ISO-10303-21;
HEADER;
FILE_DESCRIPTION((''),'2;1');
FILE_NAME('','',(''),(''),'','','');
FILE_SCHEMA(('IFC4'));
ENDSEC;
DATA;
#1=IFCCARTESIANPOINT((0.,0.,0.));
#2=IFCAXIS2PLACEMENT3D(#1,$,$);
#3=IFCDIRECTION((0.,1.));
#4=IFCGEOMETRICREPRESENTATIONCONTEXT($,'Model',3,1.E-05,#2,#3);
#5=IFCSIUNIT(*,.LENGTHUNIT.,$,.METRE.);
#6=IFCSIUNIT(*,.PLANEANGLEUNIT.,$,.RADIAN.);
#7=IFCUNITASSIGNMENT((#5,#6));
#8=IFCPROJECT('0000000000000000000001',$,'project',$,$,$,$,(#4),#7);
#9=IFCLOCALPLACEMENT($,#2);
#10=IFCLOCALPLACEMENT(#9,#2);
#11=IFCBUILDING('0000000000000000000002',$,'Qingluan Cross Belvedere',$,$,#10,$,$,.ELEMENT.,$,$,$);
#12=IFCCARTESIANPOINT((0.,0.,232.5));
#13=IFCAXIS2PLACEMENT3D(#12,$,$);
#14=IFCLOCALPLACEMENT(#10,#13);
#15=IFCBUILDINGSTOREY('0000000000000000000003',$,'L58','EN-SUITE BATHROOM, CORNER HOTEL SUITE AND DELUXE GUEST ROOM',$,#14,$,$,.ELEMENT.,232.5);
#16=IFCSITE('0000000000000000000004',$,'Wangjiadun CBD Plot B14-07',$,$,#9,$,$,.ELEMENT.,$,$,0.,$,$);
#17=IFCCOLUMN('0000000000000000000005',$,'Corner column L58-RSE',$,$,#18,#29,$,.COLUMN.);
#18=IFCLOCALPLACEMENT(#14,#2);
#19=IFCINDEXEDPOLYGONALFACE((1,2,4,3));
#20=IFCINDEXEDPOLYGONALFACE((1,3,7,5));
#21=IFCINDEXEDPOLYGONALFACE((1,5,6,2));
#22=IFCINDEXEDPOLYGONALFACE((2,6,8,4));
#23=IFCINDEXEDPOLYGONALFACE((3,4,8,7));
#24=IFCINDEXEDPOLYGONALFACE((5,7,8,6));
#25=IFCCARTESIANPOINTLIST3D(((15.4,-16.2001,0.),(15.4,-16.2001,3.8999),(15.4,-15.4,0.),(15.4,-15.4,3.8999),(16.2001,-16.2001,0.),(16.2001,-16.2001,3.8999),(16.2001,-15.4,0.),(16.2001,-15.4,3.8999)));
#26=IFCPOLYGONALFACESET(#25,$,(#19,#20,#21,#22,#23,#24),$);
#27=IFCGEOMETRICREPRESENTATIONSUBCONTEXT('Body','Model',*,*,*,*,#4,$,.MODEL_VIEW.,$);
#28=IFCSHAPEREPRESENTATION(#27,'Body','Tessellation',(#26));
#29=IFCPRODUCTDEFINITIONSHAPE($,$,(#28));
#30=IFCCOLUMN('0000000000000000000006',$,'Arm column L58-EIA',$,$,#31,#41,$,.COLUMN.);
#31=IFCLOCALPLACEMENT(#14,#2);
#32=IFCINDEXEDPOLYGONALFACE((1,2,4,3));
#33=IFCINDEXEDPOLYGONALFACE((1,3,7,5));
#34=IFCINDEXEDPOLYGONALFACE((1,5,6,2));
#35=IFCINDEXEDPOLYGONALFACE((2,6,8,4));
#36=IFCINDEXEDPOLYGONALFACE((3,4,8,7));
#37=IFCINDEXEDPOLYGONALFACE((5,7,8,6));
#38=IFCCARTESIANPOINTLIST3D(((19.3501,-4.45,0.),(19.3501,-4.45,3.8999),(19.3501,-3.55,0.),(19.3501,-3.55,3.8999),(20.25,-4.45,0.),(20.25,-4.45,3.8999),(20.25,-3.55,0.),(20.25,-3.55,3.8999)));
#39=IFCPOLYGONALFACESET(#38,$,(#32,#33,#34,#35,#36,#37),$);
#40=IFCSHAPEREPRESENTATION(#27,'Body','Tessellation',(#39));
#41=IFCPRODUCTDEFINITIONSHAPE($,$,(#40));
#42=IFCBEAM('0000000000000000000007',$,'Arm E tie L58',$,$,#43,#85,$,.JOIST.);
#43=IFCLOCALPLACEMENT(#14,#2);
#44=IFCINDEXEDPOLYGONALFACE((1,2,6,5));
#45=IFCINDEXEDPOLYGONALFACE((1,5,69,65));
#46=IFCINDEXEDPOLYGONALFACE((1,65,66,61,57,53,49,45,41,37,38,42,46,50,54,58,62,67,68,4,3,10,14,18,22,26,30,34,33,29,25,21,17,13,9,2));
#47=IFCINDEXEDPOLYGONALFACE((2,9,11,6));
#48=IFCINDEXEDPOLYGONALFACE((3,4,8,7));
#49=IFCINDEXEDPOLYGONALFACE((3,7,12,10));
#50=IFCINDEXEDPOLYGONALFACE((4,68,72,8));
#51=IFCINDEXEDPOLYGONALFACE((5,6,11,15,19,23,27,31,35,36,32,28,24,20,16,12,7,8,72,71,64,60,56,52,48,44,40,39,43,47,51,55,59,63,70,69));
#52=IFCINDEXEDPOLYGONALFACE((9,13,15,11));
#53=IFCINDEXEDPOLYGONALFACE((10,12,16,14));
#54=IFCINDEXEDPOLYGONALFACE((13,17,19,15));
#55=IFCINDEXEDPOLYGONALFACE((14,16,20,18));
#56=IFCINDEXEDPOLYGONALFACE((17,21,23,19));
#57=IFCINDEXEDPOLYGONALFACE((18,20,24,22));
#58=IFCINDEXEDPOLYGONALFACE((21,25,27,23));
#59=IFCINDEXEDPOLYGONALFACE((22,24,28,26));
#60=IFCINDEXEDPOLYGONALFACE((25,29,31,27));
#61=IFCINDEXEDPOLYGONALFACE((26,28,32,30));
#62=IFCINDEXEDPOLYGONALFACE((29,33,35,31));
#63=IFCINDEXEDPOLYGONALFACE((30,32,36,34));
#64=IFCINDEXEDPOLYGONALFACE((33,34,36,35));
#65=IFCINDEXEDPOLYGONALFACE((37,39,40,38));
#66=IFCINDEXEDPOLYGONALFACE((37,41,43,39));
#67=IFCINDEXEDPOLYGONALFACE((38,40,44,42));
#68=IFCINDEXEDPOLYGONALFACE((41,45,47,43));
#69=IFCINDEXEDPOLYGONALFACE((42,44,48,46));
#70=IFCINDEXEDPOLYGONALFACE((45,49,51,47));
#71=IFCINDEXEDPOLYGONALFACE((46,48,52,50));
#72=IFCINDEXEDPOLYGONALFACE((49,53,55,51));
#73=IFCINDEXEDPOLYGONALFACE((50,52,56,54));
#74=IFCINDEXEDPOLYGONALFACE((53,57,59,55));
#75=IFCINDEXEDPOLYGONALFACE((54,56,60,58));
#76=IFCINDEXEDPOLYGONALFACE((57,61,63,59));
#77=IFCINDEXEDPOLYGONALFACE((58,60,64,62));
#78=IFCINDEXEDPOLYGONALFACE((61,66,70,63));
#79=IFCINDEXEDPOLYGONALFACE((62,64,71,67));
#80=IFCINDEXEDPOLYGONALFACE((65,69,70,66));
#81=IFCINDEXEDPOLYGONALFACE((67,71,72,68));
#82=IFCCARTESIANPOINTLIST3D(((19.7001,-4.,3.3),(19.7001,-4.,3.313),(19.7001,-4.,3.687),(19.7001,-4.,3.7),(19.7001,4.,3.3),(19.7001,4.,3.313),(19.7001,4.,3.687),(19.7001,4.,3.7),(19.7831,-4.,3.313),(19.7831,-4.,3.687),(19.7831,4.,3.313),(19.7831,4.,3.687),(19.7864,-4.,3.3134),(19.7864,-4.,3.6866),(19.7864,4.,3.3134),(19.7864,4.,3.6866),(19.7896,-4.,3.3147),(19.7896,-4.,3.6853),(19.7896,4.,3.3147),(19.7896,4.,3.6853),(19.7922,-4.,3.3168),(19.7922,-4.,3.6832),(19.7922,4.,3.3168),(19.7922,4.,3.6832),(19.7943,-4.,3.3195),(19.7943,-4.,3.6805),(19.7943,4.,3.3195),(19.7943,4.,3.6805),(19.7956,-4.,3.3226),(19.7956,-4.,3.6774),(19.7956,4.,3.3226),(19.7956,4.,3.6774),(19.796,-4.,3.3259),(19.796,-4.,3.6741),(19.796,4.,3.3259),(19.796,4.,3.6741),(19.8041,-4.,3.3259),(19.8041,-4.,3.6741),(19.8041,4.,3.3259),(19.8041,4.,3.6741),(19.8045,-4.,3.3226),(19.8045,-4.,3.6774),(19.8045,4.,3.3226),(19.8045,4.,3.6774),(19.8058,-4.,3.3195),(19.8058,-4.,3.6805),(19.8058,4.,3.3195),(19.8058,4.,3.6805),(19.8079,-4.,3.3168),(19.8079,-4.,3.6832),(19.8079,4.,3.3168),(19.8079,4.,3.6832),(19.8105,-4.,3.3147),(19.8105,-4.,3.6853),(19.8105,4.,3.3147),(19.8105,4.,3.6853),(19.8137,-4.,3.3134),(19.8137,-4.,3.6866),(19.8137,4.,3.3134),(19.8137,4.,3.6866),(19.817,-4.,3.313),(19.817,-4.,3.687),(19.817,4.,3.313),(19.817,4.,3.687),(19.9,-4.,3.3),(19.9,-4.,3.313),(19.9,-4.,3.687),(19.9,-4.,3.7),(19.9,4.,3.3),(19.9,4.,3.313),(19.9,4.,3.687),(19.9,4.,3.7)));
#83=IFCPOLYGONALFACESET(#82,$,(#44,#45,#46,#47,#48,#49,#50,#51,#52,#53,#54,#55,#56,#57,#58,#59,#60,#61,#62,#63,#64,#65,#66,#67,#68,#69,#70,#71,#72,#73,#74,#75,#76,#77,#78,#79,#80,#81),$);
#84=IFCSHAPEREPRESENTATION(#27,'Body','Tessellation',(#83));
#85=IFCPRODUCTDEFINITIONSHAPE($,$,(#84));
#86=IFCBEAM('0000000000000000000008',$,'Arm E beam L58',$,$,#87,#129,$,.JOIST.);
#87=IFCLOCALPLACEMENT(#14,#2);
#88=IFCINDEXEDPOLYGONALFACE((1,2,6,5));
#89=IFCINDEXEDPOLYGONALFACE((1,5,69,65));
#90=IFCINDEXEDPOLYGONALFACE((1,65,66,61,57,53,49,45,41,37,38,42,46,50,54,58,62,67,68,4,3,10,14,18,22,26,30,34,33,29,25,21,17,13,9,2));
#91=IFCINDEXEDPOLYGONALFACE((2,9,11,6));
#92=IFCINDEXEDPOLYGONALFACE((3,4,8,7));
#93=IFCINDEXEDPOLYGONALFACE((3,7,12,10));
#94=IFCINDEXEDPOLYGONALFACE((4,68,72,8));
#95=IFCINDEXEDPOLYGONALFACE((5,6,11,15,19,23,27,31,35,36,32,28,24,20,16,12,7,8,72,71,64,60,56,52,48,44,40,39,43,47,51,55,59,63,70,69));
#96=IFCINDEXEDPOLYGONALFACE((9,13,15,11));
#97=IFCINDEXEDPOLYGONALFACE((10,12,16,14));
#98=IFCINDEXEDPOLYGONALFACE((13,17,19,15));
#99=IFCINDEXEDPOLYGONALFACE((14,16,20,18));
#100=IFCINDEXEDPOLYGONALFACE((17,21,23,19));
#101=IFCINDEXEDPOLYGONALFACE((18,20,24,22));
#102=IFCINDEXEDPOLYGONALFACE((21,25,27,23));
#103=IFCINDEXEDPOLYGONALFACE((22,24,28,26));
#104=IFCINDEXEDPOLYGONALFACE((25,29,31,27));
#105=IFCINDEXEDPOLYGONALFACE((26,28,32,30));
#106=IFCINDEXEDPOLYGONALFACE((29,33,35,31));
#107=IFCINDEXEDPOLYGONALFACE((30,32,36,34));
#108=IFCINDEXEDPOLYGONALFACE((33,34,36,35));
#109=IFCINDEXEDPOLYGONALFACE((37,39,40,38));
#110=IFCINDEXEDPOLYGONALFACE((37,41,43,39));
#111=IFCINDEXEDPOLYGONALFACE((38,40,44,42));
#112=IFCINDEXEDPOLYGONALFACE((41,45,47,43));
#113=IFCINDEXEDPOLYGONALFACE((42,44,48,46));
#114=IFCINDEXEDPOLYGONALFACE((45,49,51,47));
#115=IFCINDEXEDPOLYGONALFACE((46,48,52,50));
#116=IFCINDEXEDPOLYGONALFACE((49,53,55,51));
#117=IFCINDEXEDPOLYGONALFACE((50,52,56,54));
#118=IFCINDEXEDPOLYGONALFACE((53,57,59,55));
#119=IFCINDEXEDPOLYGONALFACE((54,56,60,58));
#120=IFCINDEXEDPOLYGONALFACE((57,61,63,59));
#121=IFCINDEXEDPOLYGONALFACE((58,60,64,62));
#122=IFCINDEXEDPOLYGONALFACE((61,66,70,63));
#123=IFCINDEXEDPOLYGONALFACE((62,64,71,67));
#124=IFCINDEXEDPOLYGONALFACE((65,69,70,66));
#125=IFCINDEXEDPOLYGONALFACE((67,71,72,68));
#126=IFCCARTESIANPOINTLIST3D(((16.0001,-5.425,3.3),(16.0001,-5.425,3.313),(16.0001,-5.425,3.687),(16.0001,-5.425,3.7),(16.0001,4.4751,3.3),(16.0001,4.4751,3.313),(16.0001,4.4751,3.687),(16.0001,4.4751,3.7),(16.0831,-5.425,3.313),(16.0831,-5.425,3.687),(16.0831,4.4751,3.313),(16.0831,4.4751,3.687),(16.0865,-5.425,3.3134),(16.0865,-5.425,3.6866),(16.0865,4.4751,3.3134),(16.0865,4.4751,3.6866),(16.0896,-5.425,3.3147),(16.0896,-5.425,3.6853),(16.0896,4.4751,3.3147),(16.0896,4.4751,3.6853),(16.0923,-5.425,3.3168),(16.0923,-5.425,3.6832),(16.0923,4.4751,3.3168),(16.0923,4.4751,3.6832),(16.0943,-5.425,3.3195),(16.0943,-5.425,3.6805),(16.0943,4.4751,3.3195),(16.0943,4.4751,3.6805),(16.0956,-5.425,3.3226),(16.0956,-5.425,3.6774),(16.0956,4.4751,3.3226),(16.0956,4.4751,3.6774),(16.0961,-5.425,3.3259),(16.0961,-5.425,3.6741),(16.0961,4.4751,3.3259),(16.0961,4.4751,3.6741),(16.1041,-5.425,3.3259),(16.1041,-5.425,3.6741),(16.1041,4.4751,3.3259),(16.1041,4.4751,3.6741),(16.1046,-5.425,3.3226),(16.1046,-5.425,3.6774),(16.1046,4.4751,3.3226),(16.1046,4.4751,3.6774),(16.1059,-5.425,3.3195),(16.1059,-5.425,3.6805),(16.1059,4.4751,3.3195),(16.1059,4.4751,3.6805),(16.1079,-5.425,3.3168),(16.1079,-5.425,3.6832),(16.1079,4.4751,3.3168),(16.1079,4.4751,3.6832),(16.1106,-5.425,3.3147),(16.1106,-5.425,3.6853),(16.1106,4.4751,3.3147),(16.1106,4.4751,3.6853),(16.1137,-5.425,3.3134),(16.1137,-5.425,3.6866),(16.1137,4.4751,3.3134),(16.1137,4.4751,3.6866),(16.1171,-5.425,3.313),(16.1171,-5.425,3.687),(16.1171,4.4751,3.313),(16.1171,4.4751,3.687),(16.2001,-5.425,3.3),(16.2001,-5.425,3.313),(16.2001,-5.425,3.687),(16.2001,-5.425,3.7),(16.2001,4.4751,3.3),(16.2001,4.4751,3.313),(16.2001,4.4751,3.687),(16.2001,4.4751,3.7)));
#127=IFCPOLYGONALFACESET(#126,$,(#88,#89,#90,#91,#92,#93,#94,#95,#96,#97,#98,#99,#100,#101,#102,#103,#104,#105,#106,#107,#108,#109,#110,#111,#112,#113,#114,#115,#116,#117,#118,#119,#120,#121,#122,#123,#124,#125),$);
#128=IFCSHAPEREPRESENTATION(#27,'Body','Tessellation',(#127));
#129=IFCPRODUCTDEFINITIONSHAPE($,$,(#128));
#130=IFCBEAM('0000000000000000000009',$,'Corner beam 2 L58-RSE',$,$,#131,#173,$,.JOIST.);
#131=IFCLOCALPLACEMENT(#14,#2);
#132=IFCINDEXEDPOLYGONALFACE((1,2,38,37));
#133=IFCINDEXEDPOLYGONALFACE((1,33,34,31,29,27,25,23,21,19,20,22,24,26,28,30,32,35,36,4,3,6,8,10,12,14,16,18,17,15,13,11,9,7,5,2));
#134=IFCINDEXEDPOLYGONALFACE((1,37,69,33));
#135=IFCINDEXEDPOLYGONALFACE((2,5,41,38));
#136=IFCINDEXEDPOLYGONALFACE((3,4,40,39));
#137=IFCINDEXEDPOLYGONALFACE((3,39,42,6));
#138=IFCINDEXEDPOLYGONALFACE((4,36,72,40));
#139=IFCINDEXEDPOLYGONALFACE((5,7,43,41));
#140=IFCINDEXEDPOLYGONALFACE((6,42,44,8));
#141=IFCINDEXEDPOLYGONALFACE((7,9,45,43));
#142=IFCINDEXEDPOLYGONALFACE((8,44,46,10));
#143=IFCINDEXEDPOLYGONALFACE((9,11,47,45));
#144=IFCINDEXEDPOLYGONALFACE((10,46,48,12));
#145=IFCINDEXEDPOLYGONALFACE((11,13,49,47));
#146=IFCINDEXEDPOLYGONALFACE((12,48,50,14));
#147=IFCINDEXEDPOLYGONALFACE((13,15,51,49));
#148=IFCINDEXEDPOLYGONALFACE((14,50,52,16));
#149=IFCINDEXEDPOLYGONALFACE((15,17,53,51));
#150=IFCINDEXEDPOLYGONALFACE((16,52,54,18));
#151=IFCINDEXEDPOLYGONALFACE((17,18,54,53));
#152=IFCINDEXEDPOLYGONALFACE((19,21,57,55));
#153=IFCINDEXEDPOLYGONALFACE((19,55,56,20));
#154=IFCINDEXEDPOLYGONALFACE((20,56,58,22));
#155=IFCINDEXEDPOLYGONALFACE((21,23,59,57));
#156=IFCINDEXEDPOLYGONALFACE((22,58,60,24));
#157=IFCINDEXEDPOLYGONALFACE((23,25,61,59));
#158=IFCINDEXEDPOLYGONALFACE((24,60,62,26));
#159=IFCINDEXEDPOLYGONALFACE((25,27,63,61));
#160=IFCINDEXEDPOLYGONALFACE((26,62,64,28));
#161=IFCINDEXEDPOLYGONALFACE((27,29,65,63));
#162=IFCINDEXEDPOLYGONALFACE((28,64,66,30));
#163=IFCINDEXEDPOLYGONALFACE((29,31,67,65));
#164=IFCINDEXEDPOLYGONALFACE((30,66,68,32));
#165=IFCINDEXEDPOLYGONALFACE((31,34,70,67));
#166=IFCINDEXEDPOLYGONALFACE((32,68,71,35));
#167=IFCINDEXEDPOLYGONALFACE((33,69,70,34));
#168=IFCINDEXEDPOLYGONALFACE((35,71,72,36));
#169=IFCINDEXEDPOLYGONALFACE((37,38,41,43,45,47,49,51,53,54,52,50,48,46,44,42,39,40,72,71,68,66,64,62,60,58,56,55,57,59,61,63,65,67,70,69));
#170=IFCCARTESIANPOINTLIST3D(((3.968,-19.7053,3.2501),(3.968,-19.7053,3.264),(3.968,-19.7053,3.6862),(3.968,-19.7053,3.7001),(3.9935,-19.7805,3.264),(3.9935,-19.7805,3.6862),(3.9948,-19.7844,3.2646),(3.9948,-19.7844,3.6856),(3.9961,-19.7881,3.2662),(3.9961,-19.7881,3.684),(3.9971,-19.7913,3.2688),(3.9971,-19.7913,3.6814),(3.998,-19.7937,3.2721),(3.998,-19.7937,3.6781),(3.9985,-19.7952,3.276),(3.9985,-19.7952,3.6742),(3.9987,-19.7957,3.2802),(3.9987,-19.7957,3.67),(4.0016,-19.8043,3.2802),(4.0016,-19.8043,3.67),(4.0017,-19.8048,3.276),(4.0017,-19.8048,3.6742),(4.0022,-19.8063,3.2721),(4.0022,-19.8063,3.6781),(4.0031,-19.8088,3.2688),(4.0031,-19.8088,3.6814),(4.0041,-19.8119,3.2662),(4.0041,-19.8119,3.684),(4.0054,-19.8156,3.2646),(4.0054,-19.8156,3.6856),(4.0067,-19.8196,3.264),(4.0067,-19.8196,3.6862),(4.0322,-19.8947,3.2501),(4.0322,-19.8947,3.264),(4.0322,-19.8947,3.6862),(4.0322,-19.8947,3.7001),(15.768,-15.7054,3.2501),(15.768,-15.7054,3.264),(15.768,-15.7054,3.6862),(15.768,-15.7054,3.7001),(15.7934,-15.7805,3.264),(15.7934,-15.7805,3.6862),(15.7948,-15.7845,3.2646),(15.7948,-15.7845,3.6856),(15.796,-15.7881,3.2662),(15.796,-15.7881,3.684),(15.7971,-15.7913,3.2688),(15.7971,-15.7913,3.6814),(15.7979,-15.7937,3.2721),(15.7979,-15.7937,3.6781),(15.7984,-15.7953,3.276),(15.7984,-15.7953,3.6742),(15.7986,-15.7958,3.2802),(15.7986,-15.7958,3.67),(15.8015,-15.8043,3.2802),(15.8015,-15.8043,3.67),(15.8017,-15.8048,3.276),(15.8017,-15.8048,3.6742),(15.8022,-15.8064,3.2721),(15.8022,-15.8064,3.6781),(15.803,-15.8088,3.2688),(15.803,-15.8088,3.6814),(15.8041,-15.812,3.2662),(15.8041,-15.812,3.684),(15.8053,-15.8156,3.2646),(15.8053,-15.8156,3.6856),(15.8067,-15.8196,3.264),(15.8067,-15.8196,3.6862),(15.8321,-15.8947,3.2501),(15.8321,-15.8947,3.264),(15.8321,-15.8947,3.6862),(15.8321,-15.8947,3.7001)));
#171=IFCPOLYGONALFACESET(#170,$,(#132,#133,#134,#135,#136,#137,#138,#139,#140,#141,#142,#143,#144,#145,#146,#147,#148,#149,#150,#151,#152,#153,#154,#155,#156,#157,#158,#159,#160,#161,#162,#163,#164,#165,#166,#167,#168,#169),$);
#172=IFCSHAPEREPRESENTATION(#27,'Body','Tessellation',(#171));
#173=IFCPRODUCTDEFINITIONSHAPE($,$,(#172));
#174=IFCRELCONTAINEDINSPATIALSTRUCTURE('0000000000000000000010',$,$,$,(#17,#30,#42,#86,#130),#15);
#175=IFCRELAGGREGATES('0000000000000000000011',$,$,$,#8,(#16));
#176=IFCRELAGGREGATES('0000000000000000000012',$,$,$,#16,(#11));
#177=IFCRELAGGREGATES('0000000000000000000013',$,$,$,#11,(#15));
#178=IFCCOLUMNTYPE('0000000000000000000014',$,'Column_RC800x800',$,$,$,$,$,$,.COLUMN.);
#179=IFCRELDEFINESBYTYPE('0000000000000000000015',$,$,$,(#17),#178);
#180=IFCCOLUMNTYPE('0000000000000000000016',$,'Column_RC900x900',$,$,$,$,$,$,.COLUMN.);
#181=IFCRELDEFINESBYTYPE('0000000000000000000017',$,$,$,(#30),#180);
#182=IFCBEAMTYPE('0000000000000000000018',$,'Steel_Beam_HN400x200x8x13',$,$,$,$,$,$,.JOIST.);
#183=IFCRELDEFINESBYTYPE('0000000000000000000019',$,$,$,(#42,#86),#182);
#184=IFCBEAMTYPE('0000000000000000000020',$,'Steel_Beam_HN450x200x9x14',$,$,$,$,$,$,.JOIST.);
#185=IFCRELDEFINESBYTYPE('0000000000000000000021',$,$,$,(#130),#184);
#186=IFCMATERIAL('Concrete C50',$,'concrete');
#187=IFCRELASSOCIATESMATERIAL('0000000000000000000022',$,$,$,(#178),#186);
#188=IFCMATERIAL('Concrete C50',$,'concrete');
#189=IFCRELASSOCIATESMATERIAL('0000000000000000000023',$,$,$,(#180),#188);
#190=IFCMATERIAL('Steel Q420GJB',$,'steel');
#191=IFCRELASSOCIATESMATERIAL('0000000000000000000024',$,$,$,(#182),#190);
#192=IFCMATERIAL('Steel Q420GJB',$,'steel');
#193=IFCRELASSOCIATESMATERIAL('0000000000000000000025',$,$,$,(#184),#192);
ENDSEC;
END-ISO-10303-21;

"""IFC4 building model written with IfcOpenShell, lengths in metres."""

from ifc_helpers import new_model, si_unit, direction, frame, origin, origin_2d, place, context, subcontext, project, spatial, rectangle, i_section, extrude, material, material_profile, profile_set, type_object, element, save


model = new_model("IFC4")

# Units and contexts
model_context = context("Model", 3, precision=1e-05, world=origin(), true_north=direction((0.0, 1.0)))
body_context = subcontext(model_context, "Body", "Model", "MODEL_VIEW")
ifc_project = project(units=[si_unit("LENGTHUNIT", "METRE"), si_unit("PLANEANGLEUNIT", "RADIAN")], contexts=[model_context])

# Site, building, storey
site_placement = place(None, origin())
site = spatial("IfcSite", under=ifc_project, at=site_placement, Name="Wangjiadun CBD Plot B14-07", CompositionType="ELEMENT", RefElevation=0.0)
building_placement = place(site_placement, origin())
building = spatial("IfcBuilding", under=site, at=building_placement, Name="Qingluan Cross Belvedere", CompositionType="ELEMENT")
storey_placement = place(building_placement, frame((0.0, 0.0, 232.5)))
storey = spatial("IfcBuildingStorey", under=building, at=storey_placement, Name="L58", Description="EN-SUITE BATHROOM, CORNER HOTEL SUITE AND DELUXE GUEST ROOM", CompositionType="ELEMENT", Elevation=232.5)

# Columns
ifc_material_1 = material(Name="Concrete C50", Category="concrete")
ifc_material_profile_1 = material_profile(ifc_material_1, rectangle(XDim=0.8, YDim=0.8, at=origin_2d()), Name="RC800x800")
ifc_profile_set_1 = profile_set([ifc_material_profile_1], Name="Concrete C50")
column_type_1 = type_object("IfcColumnType", Name="Column_RC800x800", PredefinedType="COLUMN", material=ifc_profile_set_1)
column_1_placement = place(storey_placement, frame((15.8, -15.8, 0.0), z_axis=(0.0, 0.0, 1.0), x_axis=(1.0, 0.0, 0.0)))
element("IfcColumn", 1, at=column_1_placement, inside=storey, type_object=column_type_1, Name="Corner column L58-RSE", PredefinedType="COLUMN", context=body_context, shape_type="SweptSolid", body=[
    extrude(rectangle(XDim=0.8, YDim=0.8, at=origin_2d()), origin(), (0.0, 0.0, 1.0), 3.8999),
])
ifc_material_2 = material(Name="Concrete C50", Category="concrete")
ifc_material_profile_2 = material_profile(ifc_material_2, rectangle(XDim=0.8999, YDim=0.8999, at=origin_2d()), Name="RC900x900")
ifc_profile_set_2 = profile_set([ifc_material_profile_2], Name="Concrete C50")
column_type_2 = type_object("IfcColumnType", Name="Column_RC900x900", PredefinedType="COLUMN", material=ifc_profile_set_2)
column_2_placement = place(storey_placement, frame((19.8, -4.0, 0.0), z_axis=(0.0, 0.0, 1.0), x_axis=(1.0, 0.0, 0.0)))
element("IfcColumn", 2, at=column_2_placement, inside=storey, type_object=column_type_2, Name="Arm column L58-EIA", PredefinedType="COLUMN", context=body_context, shape_type="SweptSolid", body=[
    extrude(rectangle(XDim=0.8999, YDim=0.8999, at=origin_2d()), origin(), (0.0, 0.0, 1.0), 3.8999),
])

# Beams
ifc_material_3 = material(Name="Steel Q420GJB", Category="steel")
ifc_material_profile_3 = material_profile(ifc_material_3, i_section(OverallWidth=0.2, OverallDepth=0.3999, WebThickness=0.0081, FlangeThickness=0.0129, FilletRadius=0.0129, at=origin_2d()), Name="HN400x200x8x13")
ifc_profile_set_3 = profile_set([ifc_material_profile_3], Name="Steel Q420GJB")
beam_type_1 = type_object("IfcBeamType", Name="Steel_Beam_HN400x200x8x13", PredefinedType="JOIST", material=ifc_profile_set_3)
beam_1_placement = place(storey_placement, frame((19.8, -4.0, 3.5), z_axis=(0.0, 1.0, 0.0), x_axis=(-1.0, 0.0, 0.0)))
element("IfcBeam", 3, at=beam_1_placement, inside=storey, type_object=beam_type_1, Name="Arm E tie L58", PredefinedType="JOIST", context=body_context, shape_type="SweptSolid", body=[
    extrude(i_section(OverallWidth=0.2, OverallDepth=0.3999, WebThickness=0.0081, FlangeThickness=0.0129, FilletRadius=0.0129, at=origin_2d()), origin(), (0.0, 0.0, 1.0), 8.0),
])
beam_2_placement = place(storey_placement, frame((16.1001, -5.425, 3.5), z_axis=(0.0, 1.0, 0.0), x_axis=(-1.0, 0.0, 0.0)))
element("IfcBeam", 4, at=beam_2_placement, inside=storey, type_object=beam_type_1, Name="Arm E beam L58", PredefinedType="JOIST", context=body_context, shape_type="SweptSolid", body=[
    extrude(i_section(OverallWidth=0.2, OverallDepth=0.3999, WebThickness=0.0081, FlangeThickness=0.0129, FilletRadius=0.0129, at=origin_2d()), origin(), (0.0, 0.0, 1.0), 9.9001),
])
ifc_material_4 = material(Name="Steel Q420GJB", Category="steel")
ifc_material_profile_4 = material_profile(ifc_material_4, i_section(OverallWidth=0.2, OverallDepth=0.45, WebThickness=0.009, FlangeThickness=0.0139, FilletRadius=0.0161, at=origin_2d()), Name="HN450x200x9x14")
ifc_profile_set_4 = profile_set([ifc_material_profile_4], Name="Steel Q420GJB")
beam_type_2 = type_object("IfcBeamType", Name="Steel_Beam_HN450x200x9x14", PredefinedType="JOIST", material=ifc_profile_set_4)
for number, where, z_axis, x_axis, name in (
    (5, (15.8, -15.8, 3.4751), (-0.947066, -0.321038, 0.0), (0.321038, -0.947066, 0.0), "Corner beam 2 L58-RSE"),
):
    element("IfcBeam", number, at=place(storey_placement, frame(where, z_axis=z_axis, x_axis=x_axis)), inside=storey, type_object=beam_type_2, Name=name, PredefinedType="JOIST", context=body_context, shape_type="SweptSolid", body=[
        extrude(i_section(OverallWidth=0.2, OverallDepth=0.45, WebThickness=0.009, FlangeThickness=0.0139, FilletRadius=0.0161, at=origin_2d()), origin(), (0.0, 0.0, 1.0), 12.4595),
    ])

save(model, "model.ifc")
